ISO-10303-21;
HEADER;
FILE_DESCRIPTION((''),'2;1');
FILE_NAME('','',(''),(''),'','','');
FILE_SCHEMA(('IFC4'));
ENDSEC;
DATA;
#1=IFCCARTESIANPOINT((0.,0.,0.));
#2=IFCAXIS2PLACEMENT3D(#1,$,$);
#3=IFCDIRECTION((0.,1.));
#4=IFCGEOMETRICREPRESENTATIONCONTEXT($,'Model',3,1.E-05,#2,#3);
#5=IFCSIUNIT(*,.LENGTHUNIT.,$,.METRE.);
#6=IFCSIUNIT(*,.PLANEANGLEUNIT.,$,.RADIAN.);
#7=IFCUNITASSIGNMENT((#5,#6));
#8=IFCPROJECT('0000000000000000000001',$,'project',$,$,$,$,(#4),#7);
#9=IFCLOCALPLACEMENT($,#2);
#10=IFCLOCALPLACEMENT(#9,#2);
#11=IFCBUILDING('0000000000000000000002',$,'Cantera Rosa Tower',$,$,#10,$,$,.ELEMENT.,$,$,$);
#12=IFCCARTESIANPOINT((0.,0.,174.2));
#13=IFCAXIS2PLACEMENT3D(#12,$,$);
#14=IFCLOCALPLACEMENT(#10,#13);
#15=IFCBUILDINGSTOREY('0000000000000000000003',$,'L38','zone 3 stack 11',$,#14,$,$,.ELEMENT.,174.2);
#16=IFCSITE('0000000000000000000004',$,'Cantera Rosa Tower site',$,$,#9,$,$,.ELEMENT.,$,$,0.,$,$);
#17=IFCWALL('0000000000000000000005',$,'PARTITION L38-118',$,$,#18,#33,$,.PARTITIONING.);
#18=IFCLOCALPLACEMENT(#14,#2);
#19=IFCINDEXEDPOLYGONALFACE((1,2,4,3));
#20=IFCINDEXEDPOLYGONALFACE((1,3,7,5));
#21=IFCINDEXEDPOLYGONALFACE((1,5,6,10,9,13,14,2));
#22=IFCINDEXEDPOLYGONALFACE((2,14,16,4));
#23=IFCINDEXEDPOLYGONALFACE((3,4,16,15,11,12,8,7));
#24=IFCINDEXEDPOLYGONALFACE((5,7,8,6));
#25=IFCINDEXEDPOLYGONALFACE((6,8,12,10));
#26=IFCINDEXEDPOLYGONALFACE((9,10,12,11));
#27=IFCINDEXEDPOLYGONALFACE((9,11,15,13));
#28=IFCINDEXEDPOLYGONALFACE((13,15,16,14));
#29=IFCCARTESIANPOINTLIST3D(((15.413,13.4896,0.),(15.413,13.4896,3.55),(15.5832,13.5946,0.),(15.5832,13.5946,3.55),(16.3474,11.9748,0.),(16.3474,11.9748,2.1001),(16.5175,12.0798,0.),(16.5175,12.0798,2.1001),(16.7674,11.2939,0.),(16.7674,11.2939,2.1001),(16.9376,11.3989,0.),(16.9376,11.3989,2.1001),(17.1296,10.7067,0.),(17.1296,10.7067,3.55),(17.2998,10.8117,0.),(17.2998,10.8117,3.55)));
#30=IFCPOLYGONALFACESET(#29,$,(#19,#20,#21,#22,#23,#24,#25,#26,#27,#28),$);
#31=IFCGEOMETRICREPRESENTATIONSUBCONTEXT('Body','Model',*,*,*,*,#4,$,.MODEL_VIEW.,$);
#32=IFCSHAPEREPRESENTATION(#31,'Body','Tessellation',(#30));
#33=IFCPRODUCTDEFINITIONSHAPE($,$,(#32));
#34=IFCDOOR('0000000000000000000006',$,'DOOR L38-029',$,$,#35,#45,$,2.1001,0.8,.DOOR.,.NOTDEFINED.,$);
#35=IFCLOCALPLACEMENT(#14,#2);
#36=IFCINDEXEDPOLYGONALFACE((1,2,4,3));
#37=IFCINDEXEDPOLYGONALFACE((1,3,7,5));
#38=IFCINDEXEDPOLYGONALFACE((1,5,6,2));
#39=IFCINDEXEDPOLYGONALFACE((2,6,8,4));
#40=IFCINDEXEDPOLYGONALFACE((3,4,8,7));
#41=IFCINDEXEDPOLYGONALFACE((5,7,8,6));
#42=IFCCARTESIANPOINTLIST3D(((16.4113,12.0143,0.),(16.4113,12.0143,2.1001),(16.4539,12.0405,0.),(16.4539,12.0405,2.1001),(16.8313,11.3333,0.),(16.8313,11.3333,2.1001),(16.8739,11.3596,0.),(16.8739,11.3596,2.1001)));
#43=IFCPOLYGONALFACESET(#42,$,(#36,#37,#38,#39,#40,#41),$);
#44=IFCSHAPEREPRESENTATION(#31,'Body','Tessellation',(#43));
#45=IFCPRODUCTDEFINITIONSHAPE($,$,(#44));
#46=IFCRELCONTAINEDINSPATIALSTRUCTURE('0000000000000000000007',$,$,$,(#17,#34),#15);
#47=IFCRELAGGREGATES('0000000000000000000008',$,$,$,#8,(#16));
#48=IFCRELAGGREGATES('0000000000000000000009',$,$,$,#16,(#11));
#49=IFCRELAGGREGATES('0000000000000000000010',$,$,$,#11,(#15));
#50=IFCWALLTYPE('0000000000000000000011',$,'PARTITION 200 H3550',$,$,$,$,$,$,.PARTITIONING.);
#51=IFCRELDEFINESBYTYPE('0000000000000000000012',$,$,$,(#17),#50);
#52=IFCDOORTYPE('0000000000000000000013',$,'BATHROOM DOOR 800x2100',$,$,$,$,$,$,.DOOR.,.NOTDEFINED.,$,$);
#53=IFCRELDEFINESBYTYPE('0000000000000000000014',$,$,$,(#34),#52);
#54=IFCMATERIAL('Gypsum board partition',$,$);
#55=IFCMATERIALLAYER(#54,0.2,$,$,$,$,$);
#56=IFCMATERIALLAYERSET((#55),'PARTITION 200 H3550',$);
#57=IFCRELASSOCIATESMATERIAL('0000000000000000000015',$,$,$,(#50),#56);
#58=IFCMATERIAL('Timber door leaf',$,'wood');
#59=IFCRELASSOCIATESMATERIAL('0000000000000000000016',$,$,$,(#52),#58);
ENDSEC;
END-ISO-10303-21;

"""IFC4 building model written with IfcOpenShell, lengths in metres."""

from ifc_helpers import new_model, si_unit, direction, frame, frame_2d, origin, place, context, subcontext, project, spatial, rectangle, extrude, material, layer, layer_set, type_object, element, fill, save


model = new_model("IFC4")

# Units and contexts
model_context = context("Model", 3, precision=1e-05, world=origin(), true_north=direction((0.0, 1.0)))
body_context = subcontext(model_context, "Body", "Model", "MODEL_VIEW")
ifc_project = project(units=[si_unit("LENGTHUNIT", "METRE"), si_unit("PLANEANGLEUNIT", "RADIAN")], contexts=[model_context])

# Site, building, storey
site_placement = place(None, origin())
site = spatial("IfcSite", under=ifc_project, at=site_placement, Name="Cantera Rosa Tower site", CompositionType="ELEMENT", RefElevation=0.0)
building_placement = place(site_placement, origin())
building = spatial("IfcBuilding", under=site, at=building_placement, Name="Cantera Rosa Tower", CompositionType="ELEMENT")
storey_placement = place(building_placement, frame((0.0, 0.0, 174.2)))
storey = spatial("IfcBuildingStorey", under=building, at=storey_placement, Name="L38", Description="zone 3 stack 11", CompositionType="ELEMENT", Elevation=174.2)

# Shared definitions
ifc_material_1 = material(Name="Gypsum board partition")
ifc_layer_1 = layer(ifc_material_1, 0.2)
ifc_layer_set_1 = layer_set([ifc_layer_1], Name="PARTITION 200 H3550")
wall_type_1 = type_object("IfcWallType", Name="PARTITION 200 H3550", PredefinedType="PARTITIONING", material=ifc_layer_set_1)

# Wall, opening, door
wall_1_placement = place(storey_placement, frame((17.2146, 10.7593, 0.0), z_axis=(0.0, 0.0, 1.0), x_axis=(-0.524976, 0.851117, 0.0)))
wall_1 = element("IfcWall", 1, at=wall_1_placement, inside=storey, type_object=wall_type_1, Name="PARTITION L38-118", PredefinedType="PARTITIONING", context=body_context, shape_type="SweptSolid", body=[
    extrude(rectangle(XDim=3.2698, YDim=0.2, at=frame_2d((1.6348, 0.0))), origin(), (0.0, 0.0, 1.0), 3.55),
])
opening_1_placement = place(wall_1_placement, frame((0.6899, 0.0, 0.0)))
opening_1 = element("IfcOpeningElement", 2, at=opening_1_placement, cuts=wall_1, PredefinedType="OPENING", context=body_context, shape_type="SweptSolid", body=[
    extrude(rectangle(XDim=0.8, YDim=2.1001, at=frame_2d((0.3999, 1.05))), frame((0.0, 0.1099, 0.0), z_axis=(0.0, -1.0, 0.0), x_axis=(1.0, 0.0, 0.0)), (0.0, 0.0, 1.0), 0.22),
])
ifc_material_2 = material(Name="Timber door leaf", Category="wood")
door_type_1 = type_object("IfcDoorType", Name="BATHROOM DOOR 800x2100", OperationType="NOTDEFINED", PredefinedType="DOOR", material=ifc_material_2)
door_1_placement = place(opening_1_placement, origin())
door_1 = element("IfcDoor", 3, at=door_1_placement, inside=storey, type_object=door_type_1, Name="DOOR L38-029", OperationType="NOTDEFINED", OverallHeight=2.1001, OverallWidth=0.8, PredefinedType="DOOR", context=body_context, shape_type="SweptSolid", body=[
    extrude(rectangle(XDim=0.8, YDim=2.1001, at=frame_2d((0.3999, 1.05))), frame((0.0, 0.0249, 0.0), z_axis=(0.0, -1.0, 0.0), x_axis=(1.0, 0.0, 0.0)), (0.0, 0.0, 1.0), 0.05),
])
fill(opening_1, door_1)

save(model, "model.ifc")
